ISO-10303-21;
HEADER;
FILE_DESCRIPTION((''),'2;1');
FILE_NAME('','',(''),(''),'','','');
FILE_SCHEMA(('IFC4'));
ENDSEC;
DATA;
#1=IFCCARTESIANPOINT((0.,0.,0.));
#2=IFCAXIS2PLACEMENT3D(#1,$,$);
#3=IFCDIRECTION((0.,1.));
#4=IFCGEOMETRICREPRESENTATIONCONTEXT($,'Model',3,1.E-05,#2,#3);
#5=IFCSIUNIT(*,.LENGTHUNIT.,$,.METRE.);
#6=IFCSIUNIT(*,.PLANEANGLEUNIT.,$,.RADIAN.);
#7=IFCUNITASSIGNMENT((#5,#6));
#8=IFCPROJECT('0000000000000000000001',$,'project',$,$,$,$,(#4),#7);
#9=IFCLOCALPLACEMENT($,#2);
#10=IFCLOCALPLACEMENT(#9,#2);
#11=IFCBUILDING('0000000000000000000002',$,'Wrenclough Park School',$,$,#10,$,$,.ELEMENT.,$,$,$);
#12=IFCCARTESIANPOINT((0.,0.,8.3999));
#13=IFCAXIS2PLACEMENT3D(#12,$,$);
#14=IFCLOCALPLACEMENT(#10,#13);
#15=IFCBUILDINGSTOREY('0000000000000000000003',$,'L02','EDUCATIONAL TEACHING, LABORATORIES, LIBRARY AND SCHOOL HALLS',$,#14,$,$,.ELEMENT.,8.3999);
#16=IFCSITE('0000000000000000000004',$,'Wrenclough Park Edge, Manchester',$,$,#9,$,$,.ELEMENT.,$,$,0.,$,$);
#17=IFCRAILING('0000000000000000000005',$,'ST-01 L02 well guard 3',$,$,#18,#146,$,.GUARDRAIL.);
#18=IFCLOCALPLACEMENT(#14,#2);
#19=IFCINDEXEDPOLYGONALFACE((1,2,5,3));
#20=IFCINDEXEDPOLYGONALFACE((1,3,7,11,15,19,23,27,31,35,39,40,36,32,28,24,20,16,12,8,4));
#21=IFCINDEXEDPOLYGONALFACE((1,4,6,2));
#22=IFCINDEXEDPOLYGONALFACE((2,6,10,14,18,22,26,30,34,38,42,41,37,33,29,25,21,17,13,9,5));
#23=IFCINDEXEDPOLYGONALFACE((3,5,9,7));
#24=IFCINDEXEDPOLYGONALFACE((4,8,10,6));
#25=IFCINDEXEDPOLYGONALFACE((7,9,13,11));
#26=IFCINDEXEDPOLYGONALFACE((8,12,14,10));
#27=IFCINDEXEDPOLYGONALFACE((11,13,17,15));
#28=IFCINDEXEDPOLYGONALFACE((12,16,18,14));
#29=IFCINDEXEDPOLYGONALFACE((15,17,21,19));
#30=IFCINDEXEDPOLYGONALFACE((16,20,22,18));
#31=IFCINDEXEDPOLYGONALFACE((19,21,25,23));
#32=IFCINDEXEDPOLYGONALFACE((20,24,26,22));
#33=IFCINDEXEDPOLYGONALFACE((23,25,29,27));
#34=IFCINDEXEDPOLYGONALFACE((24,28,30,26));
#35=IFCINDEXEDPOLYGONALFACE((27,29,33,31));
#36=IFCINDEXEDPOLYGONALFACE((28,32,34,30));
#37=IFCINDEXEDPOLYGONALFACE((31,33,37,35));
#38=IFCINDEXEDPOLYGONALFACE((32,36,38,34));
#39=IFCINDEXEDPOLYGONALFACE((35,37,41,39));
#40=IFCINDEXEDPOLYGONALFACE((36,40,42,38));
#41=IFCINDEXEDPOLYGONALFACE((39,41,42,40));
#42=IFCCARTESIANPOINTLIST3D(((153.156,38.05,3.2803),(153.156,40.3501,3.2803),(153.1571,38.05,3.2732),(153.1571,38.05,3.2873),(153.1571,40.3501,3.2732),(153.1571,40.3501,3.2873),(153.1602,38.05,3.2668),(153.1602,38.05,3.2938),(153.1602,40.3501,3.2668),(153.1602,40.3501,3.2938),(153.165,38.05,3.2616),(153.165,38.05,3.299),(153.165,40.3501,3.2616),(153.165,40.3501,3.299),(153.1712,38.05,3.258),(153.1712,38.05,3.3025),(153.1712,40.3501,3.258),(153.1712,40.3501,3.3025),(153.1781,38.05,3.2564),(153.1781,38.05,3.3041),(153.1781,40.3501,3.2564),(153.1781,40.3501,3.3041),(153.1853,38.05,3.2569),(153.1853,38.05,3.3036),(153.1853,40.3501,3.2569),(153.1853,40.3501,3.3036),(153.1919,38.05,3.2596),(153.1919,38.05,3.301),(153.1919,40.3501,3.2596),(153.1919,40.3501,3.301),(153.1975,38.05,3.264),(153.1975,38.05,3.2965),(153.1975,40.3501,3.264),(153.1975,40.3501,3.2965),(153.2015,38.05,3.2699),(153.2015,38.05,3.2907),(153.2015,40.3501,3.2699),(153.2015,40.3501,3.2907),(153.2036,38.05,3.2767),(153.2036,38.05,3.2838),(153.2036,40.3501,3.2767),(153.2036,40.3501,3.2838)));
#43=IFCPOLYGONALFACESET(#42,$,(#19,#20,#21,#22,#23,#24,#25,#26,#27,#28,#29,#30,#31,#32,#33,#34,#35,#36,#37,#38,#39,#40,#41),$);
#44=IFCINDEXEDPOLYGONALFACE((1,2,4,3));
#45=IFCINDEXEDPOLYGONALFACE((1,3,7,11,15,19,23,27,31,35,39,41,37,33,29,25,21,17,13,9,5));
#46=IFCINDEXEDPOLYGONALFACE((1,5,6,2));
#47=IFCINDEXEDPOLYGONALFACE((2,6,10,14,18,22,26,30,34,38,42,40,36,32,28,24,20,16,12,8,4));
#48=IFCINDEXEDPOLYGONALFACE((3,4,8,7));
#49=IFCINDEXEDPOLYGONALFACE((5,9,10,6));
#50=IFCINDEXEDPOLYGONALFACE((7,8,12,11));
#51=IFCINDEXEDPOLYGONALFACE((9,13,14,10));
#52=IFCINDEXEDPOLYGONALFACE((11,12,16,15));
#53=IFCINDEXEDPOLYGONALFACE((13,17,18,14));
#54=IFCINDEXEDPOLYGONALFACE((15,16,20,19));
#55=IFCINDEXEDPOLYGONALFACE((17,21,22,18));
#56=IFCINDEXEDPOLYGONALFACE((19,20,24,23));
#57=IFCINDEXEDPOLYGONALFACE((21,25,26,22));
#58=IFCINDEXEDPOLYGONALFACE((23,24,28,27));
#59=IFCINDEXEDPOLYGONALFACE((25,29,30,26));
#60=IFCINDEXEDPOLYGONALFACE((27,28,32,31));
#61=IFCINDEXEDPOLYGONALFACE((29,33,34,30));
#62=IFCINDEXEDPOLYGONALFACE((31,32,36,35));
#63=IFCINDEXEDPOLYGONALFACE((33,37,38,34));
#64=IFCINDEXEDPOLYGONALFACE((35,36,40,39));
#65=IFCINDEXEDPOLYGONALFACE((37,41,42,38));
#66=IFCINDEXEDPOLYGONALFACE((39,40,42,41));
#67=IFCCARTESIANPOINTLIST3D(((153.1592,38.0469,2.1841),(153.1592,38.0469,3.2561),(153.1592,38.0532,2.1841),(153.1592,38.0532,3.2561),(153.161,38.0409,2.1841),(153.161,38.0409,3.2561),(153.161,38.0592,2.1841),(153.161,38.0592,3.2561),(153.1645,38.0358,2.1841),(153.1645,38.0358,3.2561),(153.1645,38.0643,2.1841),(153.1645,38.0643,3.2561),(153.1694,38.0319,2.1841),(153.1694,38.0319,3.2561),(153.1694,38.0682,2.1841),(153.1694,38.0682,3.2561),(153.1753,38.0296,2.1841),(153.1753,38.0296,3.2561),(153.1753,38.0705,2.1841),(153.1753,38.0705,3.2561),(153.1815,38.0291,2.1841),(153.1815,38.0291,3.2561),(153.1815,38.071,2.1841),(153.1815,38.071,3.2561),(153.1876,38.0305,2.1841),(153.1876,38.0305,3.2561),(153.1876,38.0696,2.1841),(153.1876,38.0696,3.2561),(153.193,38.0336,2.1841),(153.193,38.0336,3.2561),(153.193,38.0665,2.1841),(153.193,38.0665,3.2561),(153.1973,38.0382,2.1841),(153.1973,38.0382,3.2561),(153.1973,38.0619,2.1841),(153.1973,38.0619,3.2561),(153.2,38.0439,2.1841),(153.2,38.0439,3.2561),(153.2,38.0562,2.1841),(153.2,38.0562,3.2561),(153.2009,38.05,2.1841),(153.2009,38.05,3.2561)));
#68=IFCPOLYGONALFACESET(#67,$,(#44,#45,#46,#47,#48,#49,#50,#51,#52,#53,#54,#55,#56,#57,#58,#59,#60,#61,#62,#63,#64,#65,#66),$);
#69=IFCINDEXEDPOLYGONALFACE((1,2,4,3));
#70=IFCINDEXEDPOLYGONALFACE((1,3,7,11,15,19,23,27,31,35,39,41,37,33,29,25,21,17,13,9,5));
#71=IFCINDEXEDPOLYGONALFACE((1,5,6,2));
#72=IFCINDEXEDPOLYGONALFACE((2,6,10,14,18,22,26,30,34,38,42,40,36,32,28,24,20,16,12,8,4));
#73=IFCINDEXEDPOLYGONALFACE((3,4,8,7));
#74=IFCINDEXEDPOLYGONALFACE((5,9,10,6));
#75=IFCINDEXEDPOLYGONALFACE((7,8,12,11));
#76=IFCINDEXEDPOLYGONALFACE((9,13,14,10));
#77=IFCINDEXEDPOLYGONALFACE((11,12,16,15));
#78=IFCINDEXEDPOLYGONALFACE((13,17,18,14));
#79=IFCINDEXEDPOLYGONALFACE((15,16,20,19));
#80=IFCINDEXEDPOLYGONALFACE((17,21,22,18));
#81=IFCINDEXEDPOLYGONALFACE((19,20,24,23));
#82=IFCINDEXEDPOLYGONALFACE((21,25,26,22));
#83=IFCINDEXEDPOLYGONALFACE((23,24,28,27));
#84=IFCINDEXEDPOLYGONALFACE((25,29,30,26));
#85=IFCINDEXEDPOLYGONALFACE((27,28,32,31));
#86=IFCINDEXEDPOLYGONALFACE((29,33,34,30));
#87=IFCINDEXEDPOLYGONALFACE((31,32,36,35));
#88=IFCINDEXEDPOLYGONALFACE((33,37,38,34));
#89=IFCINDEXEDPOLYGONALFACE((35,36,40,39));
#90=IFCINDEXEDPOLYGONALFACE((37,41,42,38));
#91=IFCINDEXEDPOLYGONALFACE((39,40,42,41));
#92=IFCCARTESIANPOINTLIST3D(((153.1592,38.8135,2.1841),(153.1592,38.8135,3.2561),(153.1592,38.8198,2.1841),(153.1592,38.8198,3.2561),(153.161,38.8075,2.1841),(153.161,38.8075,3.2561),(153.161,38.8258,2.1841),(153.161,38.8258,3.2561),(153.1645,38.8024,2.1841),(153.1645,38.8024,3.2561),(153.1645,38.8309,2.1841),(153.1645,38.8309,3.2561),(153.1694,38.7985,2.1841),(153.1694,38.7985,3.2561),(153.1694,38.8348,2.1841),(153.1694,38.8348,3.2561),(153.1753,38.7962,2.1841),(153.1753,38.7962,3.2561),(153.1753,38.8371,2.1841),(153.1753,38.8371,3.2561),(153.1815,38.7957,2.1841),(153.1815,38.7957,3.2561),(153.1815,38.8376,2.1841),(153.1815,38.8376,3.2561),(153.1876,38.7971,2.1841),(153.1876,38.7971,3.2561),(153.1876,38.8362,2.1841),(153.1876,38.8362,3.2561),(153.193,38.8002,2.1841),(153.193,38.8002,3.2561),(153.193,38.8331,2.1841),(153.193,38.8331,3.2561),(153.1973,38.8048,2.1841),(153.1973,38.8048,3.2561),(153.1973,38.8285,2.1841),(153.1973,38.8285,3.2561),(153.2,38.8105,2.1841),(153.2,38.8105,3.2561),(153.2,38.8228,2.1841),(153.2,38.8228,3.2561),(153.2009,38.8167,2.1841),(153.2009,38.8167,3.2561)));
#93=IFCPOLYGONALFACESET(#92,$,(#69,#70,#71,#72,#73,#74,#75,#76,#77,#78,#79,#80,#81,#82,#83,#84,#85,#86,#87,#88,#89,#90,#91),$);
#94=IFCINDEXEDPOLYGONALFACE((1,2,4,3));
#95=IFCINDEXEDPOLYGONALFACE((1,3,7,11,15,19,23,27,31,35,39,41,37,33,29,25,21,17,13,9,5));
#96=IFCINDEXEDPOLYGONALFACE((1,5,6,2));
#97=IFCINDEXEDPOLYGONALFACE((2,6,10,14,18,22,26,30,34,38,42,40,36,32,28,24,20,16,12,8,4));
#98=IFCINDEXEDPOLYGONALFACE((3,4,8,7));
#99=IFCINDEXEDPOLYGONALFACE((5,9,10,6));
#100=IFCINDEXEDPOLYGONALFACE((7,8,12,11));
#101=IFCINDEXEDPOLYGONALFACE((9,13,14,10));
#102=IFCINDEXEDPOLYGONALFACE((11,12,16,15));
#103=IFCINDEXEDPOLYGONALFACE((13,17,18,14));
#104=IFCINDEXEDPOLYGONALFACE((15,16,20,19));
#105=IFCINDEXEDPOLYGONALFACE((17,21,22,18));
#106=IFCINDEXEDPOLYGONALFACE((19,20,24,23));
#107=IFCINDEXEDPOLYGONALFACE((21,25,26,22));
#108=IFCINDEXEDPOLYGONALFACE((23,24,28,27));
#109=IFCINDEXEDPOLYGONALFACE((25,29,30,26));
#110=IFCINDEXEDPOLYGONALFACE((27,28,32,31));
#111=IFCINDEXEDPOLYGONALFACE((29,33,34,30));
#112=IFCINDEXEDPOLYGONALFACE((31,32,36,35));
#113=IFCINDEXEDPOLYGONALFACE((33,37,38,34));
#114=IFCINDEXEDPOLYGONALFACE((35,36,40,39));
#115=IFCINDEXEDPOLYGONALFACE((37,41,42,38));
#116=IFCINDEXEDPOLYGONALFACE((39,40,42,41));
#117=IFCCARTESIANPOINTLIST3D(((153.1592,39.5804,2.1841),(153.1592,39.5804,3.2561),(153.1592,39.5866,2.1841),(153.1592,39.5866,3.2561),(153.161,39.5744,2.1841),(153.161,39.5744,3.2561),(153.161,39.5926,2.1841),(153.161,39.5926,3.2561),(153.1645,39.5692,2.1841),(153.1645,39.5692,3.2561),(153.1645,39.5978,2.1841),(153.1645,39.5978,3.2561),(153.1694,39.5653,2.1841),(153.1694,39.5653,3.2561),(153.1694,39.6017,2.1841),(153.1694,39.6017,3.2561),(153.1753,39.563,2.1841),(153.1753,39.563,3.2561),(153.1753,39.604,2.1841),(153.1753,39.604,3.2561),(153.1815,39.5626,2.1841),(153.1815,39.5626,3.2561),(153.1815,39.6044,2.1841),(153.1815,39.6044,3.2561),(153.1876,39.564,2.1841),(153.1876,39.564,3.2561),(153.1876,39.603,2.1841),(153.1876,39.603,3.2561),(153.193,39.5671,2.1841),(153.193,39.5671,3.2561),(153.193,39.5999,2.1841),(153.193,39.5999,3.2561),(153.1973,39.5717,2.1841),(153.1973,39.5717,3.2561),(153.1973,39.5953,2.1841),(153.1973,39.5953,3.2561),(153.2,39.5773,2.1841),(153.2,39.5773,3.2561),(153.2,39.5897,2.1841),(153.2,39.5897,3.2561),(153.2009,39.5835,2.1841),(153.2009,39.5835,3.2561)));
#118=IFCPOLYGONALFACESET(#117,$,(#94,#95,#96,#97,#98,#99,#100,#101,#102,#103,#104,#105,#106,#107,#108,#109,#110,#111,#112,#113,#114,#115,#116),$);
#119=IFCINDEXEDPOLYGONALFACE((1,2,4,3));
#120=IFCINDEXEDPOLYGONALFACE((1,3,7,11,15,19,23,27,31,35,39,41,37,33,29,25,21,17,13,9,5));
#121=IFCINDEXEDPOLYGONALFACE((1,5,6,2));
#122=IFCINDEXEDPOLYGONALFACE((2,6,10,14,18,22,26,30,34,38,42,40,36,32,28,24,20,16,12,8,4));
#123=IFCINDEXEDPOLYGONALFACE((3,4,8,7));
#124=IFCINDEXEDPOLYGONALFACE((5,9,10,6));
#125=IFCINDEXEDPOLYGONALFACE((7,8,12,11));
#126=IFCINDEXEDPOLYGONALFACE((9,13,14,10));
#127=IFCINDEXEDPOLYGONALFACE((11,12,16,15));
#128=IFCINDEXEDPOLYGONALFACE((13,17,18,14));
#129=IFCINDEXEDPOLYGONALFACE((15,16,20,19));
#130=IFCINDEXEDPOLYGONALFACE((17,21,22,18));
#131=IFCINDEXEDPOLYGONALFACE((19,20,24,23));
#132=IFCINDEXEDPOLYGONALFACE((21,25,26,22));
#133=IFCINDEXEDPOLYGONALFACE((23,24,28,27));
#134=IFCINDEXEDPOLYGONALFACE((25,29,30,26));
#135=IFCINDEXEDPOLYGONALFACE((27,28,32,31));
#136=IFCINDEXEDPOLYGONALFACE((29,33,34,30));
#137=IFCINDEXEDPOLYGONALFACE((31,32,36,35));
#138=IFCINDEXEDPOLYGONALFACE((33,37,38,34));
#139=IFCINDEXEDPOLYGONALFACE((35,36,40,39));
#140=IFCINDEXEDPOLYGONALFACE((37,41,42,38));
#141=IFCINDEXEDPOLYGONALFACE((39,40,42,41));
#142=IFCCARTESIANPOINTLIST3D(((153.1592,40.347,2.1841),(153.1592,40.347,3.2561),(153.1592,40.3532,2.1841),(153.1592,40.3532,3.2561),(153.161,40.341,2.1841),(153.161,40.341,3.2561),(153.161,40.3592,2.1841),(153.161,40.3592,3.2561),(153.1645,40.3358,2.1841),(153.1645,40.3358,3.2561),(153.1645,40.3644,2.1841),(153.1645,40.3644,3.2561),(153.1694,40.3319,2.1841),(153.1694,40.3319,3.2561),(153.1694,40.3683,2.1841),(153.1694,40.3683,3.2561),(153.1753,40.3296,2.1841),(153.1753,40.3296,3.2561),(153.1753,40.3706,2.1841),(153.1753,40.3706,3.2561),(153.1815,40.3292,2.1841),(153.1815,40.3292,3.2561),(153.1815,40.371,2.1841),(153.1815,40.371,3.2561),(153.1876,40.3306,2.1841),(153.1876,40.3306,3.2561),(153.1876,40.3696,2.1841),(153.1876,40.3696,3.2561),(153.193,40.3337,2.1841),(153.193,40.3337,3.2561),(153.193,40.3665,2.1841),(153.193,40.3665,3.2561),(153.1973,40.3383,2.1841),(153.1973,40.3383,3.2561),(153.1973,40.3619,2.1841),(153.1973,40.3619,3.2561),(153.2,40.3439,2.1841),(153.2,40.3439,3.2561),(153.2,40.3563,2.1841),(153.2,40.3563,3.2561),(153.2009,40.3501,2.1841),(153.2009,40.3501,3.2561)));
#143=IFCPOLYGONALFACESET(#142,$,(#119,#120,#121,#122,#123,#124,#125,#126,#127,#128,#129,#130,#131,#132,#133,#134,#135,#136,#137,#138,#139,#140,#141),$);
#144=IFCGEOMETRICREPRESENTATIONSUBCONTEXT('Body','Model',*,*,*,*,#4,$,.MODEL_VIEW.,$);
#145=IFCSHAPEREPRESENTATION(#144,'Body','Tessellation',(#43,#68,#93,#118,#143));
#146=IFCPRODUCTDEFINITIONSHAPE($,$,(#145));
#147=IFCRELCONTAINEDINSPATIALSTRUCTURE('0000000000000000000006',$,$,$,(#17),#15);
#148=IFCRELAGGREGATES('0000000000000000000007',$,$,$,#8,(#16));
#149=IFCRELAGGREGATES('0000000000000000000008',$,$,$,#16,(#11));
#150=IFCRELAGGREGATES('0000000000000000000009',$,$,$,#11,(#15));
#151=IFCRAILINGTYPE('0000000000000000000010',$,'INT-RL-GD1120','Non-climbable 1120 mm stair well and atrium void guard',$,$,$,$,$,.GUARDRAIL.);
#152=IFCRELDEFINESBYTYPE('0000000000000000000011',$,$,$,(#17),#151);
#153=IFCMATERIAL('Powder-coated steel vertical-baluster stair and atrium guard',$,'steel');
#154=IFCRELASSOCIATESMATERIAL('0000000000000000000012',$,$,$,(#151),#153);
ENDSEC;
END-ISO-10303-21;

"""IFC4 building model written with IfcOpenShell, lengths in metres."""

from ifc_helpers import new_model, si_unit, direction, frame, origin, origin_2d, place, context, subcontext, project, spatial, circle, extrude, material, type_object, element, save


model = new_model("IFC4")

# Units and contexts
model_context = context("Model", 3, precision=1e-05, world=origin(), true_north=direction((0.0, 1.0)))
body_context = subcontext(model_context, "Body", "Model", "MODEL_VIEW")
ifc_project = project(units=[si_unit("LENGTHUNIT", "METRE"), si_unit("PLANEANGLEUNIT", "RADIAN")], contexts=[model_context])

# Site, building, storey
site_placement = place(None, origin())
site = spatial("IfcSite", under=ifc_project, at=site_placement, Name="Wrenclough Park Edge, Manchester", CompositionType="ELEMENT", RefElevation=0.0)
building_placement = place(site_placement, origin())
building = spatial("IfcBuilding", under=site, at=building_placement, Name="Wrenclough Park School", CompositionType="ELEMENT")
storey_placement = place(building_placement, frame((0.0, 0.0, 8.3999)))
storey = spatial("IfcBuildingStorey", under=building, at=storey_placement, Name="L02", Description="EDUCATIONAL TEACHING, LABORATORIES, LIBRARY AND SCHOOL HALLS", CompositionType="ELEMENT", Elevation=8.3999)

# Railing
ifc_material_1 = material(Name="Powder-coated steel vertical-baluster stair and atrium guard", Category="steel")
railing_type_1 = type_object("IfcRailingType", Name="INT-RL-GD1120", Description="Non-climbable 1120 mm stair well and atrium void guard", PredefinedType="GUARDRAIL", material=ifc_material_1)
railing_1_placement = place(storey_placement, frame((153.1799, 38.05, 2.1841)))
element("IfcRailing", 1, at=railing_1_placement, inside=storey, type_object=railing_type_1, Name="ST-01 L02 well guard 3", PredefinedType="GUARDRAIL", context=body_context, shape_type="SweptSolid", body=[
    extrude(circle(Radius=0.0239, at=origin_2d()), frame((0.0, 0.0, 1.0962), z_axis=(0.0, 1.0, 0.0), x_axis=(-1.0, 0.0, 0.0)), (0.0, 0.0, 1.0), 2.3),
    extrude(circle(Radius=0.021, at=origin_2d()), origin(), (0.0, 0.0, 1.0), 1.072),
    extrude(circle(Radius=0.021, at=origin_2d()), frame((0.0, 0.7666, 0.0)), (0.0, 0.0, 1.0), 1.072),
    extrude(circle(Radius=0.021, at=origin_2d()), frame((0.0, 1.5334, 0.0)), (0.0, 0.0, 1.0), 1.072),
    extrude(circle(Radius=0.021, at=origin_2d()), frame((0.0, 2.3, 0.0)), (0.0, 0.0, 1.0), 1.072),
])

save(model, "model.ifc")
